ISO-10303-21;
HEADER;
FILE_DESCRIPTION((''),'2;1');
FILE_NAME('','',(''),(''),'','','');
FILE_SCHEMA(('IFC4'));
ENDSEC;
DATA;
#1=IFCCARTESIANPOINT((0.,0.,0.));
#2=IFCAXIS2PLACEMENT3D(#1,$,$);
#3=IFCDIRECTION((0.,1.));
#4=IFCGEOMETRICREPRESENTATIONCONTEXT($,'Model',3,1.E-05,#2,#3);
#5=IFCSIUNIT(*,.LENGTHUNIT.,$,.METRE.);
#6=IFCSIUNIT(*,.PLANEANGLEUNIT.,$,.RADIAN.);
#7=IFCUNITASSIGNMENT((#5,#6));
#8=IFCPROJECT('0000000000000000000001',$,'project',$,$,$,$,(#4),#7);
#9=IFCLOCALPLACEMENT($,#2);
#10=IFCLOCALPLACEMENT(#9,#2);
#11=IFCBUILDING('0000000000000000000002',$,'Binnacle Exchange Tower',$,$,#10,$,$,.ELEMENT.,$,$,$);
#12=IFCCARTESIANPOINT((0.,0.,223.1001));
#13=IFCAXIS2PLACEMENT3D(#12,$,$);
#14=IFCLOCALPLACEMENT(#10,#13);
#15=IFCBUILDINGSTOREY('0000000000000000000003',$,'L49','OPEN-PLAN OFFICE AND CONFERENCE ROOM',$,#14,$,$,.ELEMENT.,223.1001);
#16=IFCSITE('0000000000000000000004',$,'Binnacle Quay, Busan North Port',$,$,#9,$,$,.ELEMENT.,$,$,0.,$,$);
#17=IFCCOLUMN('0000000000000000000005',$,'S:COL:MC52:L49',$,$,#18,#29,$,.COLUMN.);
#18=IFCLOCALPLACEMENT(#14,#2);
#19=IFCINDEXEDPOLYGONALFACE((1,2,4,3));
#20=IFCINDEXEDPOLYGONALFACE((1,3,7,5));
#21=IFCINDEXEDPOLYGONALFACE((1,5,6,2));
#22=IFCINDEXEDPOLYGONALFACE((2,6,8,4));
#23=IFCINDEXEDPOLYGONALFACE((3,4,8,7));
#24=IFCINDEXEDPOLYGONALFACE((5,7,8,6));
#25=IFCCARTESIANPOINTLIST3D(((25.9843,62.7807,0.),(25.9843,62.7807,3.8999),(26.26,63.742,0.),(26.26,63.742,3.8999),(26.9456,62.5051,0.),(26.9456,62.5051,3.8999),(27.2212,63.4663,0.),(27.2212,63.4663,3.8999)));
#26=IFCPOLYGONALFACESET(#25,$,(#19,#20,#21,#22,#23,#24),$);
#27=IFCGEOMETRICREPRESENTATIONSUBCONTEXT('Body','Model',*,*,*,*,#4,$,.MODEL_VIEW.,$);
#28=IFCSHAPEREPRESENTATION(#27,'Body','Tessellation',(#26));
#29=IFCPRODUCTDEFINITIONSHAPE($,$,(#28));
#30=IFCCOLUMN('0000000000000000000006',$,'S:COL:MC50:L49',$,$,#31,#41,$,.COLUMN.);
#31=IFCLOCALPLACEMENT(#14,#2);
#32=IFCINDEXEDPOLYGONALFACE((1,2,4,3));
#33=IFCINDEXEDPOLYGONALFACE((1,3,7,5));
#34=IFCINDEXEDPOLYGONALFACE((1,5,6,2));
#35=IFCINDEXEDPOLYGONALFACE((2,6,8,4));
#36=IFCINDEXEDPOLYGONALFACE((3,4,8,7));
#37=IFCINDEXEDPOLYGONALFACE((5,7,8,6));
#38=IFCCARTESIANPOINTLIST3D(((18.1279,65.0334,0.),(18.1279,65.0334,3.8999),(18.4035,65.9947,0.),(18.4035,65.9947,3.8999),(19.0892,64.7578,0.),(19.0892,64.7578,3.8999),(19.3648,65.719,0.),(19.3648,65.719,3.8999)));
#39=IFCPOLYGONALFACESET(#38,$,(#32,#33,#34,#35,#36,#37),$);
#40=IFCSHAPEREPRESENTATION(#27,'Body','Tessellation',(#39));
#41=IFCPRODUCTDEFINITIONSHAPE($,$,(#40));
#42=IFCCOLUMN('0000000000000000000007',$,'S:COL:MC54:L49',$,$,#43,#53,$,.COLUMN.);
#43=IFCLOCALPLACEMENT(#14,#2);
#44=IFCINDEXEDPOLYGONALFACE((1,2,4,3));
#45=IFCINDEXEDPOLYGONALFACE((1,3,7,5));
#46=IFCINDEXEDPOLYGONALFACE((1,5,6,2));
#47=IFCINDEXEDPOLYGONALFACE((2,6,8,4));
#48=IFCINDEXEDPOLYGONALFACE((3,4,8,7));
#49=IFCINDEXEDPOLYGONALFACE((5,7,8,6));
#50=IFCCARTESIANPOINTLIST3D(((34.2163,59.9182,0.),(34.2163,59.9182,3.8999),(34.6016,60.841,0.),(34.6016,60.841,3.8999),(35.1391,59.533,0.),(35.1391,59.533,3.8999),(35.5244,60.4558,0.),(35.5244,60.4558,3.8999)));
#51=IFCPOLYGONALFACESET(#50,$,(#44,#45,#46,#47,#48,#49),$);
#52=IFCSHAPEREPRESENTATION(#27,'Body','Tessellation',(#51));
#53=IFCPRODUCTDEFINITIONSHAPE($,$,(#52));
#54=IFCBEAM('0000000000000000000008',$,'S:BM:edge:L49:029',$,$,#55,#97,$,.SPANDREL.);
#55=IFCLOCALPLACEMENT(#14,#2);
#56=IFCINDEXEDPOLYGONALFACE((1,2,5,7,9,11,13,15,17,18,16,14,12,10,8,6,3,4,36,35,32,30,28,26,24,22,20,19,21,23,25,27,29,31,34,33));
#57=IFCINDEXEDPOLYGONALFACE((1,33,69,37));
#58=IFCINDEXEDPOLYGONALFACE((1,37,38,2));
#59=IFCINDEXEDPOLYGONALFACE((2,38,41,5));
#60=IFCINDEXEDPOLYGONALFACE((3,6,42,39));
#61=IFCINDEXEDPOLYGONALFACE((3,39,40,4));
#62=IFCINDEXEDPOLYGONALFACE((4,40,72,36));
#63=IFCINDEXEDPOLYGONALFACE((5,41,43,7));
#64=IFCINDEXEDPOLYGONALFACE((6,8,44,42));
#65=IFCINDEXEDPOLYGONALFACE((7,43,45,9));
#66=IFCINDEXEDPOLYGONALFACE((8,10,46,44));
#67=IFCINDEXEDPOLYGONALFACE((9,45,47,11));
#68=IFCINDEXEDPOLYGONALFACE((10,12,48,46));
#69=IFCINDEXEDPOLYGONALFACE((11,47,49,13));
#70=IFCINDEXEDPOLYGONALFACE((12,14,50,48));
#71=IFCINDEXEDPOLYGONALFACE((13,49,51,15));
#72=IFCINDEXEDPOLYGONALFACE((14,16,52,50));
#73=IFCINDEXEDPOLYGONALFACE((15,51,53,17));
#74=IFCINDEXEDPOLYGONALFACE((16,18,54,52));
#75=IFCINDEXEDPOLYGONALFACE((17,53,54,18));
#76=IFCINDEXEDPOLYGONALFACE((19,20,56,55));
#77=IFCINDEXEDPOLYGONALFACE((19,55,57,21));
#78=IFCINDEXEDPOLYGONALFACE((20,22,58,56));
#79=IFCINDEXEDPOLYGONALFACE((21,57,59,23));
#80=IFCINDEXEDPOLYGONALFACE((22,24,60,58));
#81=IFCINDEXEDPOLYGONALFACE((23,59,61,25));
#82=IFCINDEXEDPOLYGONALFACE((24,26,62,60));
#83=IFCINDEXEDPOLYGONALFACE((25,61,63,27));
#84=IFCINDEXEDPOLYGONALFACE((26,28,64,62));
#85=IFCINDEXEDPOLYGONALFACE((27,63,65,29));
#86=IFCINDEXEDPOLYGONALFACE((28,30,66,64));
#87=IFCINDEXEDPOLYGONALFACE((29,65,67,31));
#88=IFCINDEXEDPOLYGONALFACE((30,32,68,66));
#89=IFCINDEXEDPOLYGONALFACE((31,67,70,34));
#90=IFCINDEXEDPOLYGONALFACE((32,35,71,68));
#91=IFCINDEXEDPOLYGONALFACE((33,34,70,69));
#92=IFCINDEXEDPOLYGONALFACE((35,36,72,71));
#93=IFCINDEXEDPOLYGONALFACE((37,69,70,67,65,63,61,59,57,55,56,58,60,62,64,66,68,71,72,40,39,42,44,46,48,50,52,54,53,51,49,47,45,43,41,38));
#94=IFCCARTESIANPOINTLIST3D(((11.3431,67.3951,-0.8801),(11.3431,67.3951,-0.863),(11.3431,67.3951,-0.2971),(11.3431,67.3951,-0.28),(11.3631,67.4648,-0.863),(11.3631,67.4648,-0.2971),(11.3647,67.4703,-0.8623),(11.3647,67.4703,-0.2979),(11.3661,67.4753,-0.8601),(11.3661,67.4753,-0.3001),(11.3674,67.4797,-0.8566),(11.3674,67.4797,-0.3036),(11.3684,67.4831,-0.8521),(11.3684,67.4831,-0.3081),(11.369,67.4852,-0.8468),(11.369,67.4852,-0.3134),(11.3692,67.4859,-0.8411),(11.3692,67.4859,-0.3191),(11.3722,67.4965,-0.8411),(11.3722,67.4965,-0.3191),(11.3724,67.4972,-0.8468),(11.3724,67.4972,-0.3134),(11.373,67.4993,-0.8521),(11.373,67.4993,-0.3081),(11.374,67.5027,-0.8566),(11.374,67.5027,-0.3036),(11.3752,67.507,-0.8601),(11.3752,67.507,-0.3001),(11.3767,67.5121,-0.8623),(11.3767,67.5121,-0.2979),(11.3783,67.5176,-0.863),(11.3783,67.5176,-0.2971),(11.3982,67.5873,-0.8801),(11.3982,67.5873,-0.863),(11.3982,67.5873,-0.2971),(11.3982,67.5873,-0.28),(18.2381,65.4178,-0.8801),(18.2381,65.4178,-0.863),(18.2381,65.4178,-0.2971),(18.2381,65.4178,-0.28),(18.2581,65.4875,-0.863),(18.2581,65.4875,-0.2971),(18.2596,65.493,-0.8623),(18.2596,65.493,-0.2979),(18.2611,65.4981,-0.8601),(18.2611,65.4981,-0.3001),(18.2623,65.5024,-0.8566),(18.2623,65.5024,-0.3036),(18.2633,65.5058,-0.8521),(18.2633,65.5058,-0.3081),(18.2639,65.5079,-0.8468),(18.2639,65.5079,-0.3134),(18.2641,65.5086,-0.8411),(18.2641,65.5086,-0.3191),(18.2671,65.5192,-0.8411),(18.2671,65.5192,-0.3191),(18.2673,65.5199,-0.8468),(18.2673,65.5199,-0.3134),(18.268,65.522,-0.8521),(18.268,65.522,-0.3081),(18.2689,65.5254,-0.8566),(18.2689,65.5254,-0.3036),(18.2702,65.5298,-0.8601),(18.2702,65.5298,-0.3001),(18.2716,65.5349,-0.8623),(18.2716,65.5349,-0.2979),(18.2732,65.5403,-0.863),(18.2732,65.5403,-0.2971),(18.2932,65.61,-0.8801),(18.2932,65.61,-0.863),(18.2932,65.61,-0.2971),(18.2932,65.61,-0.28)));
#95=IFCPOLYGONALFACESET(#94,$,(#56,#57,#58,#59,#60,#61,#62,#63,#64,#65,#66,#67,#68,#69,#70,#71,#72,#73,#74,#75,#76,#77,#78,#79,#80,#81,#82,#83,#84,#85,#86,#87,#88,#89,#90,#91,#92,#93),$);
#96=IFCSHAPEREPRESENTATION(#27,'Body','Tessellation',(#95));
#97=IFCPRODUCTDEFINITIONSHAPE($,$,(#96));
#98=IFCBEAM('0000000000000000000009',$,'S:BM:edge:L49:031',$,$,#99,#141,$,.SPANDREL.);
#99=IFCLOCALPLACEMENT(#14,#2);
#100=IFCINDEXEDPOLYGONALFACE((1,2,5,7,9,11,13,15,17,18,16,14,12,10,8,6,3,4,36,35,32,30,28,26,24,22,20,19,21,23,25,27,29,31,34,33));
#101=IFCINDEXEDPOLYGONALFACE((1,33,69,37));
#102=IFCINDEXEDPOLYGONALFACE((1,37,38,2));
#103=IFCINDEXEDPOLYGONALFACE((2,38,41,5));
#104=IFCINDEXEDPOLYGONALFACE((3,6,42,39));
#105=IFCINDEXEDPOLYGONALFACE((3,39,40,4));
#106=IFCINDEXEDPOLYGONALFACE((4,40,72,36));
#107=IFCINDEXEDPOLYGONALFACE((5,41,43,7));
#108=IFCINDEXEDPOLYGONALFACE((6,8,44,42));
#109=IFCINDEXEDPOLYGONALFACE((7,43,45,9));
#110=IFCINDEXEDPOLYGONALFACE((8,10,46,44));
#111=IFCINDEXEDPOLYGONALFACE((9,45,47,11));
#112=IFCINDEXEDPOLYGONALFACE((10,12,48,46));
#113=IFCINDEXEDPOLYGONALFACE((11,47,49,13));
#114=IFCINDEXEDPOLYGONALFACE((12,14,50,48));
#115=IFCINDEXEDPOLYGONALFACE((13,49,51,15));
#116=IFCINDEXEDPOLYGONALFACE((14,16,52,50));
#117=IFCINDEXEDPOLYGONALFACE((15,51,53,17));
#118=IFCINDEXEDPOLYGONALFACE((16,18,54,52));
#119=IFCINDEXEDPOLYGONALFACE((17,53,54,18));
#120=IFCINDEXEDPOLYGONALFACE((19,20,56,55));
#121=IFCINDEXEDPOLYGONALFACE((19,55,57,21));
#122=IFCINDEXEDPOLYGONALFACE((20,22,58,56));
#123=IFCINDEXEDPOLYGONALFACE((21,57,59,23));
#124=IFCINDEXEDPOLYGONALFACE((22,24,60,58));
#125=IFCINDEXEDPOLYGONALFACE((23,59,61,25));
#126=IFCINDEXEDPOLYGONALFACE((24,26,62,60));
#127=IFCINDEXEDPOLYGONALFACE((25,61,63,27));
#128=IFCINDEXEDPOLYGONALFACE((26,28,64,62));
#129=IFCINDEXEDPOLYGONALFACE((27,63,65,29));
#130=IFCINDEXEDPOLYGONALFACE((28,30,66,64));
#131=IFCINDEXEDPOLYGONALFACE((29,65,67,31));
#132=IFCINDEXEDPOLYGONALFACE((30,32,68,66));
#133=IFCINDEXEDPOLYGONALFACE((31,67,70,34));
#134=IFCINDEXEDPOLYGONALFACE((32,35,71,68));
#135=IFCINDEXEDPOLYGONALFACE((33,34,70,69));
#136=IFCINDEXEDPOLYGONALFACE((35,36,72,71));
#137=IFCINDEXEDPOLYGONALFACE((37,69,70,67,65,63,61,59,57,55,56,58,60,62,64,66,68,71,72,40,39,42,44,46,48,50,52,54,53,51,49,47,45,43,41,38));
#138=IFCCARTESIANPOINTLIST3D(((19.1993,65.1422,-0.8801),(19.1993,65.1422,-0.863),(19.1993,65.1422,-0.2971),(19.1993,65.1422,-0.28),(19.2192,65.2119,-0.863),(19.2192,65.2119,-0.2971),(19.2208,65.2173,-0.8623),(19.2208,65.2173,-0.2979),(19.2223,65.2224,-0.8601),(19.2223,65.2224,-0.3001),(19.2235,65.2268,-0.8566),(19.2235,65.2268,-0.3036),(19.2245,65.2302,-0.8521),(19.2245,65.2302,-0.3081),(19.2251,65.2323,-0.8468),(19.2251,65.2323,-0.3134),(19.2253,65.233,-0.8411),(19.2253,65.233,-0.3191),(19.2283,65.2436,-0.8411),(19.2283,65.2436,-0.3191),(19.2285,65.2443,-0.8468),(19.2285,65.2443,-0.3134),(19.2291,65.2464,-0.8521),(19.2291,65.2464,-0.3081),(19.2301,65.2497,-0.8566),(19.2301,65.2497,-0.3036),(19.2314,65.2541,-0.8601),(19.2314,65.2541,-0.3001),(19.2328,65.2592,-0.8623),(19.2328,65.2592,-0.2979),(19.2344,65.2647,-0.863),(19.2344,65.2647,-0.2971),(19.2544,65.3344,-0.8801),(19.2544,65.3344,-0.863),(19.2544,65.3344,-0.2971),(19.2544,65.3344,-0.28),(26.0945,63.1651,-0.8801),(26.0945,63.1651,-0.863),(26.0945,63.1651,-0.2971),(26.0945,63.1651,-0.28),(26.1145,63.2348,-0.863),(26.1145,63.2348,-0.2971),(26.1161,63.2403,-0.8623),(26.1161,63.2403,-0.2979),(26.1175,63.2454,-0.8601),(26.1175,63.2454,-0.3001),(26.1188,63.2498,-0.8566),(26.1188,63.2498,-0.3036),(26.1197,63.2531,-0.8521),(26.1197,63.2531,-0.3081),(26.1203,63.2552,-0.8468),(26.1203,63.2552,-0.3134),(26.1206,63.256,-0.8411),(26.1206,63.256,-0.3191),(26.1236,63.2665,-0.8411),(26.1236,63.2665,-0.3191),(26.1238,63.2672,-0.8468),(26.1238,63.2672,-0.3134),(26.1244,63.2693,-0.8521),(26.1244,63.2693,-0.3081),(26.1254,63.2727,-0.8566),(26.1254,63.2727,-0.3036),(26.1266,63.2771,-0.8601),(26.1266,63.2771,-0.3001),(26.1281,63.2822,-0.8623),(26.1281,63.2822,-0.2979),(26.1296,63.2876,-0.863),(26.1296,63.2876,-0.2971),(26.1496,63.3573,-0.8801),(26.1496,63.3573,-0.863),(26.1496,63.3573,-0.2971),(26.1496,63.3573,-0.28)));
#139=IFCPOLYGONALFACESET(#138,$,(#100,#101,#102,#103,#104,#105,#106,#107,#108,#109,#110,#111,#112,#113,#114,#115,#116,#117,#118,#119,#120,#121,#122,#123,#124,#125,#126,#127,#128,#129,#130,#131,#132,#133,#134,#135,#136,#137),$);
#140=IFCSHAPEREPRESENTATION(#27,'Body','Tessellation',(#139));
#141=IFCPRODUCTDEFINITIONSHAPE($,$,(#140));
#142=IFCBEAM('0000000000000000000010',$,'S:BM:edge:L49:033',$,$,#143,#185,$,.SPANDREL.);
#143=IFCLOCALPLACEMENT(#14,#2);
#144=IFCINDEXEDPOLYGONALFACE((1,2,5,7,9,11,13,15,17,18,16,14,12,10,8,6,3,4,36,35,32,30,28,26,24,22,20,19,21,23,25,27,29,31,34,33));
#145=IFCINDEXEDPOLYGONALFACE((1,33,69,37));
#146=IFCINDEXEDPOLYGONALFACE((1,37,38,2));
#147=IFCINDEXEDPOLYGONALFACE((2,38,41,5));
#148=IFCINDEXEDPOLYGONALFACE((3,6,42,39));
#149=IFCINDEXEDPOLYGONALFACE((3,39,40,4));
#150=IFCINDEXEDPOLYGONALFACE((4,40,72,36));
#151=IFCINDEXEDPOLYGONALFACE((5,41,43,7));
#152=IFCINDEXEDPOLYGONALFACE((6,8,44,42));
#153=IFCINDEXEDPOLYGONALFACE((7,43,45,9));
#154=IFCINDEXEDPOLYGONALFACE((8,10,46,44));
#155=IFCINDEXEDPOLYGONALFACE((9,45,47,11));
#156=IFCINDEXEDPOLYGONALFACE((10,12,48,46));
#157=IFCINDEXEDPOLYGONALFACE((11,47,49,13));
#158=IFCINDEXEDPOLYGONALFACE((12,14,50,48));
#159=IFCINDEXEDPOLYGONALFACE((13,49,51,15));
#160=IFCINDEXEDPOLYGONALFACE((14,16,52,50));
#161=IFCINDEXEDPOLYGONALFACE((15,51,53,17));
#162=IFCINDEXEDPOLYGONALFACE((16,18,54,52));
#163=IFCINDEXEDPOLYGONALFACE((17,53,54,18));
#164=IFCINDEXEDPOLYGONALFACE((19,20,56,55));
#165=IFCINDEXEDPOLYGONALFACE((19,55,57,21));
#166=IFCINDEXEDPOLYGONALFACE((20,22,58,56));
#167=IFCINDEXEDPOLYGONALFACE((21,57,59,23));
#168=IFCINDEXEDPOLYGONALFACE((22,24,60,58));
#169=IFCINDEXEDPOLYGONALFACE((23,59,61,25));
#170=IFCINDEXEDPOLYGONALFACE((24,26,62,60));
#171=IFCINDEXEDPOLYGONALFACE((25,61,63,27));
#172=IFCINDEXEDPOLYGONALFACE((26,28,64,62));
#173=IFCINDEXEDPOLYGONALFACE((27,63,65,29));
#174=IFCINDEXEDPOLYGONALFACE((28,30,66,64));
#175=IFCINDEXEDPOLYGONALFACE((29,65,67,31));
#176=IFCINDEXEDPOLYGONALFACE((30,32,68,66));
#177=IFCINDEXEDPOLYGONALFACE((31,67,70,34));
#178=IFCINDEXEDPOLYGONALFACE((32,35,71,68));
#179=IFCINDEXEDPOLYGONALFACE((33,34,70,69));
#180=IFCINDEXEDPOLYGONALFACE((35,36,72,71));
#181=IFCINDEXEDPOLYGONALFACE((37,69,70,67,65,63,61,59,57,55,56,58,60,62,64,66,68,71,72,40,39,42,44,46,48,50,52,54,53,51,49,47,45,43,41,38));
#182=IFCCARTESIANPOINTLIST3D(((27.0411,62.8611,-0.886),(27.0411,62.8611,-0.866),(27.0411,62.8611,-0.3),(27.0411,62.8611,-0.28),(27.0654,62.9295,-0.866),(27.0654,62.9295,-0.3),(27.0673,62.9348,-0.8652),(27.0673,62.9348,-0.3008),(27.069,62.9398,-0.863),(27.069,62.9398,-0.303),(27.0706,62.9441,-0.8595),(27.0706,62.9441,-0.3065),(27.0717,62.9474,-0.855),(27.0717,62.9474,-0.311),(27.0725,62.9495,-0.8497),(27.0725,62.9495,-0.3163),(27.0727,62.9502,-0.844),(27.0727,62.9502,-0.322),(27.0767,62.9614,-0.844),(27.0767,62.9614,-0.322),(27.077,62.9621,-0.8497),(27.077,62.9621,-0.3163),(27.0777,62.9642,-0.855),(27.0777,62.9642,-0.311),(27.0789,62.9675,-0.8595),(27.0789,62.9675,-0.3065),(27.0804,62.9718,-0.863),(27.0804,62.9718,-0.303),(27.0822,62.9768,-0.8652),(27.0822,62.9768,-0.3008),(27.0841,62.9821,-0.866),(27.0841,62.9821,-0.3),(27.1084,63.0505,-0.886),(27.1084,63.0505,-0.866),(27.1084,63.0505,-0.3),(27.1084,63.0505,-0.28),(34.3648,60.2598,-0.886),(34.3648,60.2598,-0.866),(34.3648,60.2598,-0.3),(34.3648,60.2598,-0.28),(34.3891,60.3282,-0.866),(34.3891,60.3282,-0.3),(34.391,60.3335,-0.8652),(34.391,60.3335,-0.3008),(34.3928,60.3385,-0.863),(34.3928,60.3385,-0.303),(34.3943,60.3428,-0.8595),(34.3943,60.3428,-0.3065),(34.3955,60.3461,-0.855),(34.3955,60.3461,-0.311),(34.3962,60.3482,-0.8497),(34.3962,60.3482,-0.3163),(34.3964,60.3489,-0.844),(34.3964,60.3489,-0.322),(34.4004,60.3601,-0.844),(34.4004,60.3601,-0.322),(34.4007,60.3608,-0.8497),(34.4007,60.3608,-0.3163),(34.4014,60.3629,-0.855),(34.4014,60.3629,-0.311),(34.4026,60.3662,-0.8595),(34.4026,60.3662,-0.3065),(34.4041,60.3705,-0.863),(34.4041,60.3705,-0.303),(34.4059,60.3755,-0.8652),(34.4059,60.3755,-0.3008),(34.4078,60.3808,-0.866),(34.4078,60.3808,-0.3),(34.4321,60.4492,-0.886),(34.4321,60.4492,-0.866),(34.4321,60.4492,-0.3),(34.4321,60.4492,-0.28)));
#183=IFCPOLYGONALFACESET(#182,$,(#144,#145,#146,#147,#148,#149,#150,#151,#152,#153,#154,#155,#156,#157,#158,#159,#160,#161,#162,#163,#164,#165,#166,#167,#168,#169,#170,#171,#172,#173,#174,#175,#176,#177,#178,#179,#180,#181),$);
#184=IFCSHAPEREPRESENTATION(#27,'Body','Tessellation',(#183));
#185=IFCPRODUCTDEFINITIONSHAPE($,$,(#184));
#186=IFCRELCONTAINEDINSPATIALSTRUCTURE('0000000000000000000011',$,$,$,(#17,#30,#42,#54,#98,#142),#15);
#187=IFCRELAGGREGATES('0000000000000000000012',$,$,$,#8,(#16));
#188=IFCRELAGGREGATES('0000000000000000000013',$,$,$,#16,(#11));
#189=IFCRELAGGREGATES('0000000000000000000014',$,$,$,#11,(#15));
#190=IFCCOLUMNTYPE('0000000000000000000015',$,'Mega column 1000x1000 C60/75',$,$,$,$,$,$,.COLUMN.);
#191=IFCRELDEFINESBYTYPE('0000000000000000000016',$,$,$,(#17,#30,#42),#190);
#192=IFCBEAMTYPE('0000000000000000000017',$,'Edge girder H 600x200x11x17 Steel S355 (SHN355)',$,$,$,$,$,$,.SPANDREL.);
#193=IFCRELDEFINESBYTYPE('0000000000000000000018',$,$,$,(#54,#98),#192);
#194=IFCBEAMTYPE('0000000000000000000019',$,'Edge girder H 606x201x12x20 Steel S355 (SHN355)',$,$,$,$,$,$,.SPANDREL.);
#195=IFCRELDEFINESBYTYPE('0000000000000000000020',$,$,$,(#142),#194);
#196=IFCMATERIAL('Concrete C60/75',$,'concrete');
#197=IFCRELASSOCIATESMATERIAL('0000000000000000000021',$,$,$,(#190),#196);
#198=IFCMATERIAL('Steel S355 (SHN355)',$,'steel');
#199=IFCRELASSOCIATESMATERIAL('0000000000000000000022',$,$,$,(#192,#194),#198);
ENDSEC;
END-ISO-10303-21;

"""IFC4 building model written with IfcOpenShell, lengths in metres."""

from ifc_helpers import new_model, si_unit, direction, frame, origin, origin_2d, place, context, subcontext, project, spatial, rectangle, i_section, extrude, material, material_profile, profile_set, type_object, element, save


model = new_model("IFC4")

# Units and contexts
model_context = context("Model", 3, precision=1e-05, world=origin(), true_north=direction((0.0, 1.0)))
body_context = subcontext(model_context, "Body", "Model", "MODEL_VIEW")
ifc_project = project(units=[si_unit("LENGTHUNIT", "METRE"), si_unit("PLANEANGLEUNIT", "RADIAN")], contexts=[model_context])

# Site, building, storey
site_placement = place(None, origin())
site = spatial("IfcSite", under=ifc_project, at=site_placement, Name="Binnacle Quay, Busan North Port", CompositionType="ELEMENT", RefElevation=0.0)
building_placement = place(site_placement, origin())
building = spatial("IfcBuilding", under=site, at=building_placement, Name="Binnacle Exchange Tower", CompositionType="ELEMENT")
storey_placement = place(building_placement, frame((0.0, 0.0, 223.1001)))
storey = spatial("IfcBuildingStorey", under=building, at=storey_placement, Name="L49", Description="OPEN-PLAN OFFICE AND CONFERENCE ROOM", CompositionType="ELEMENT", Elevation=223.1001)

# Columns
ifc_material_1 = material(Name="Concrete C60/75", Category="concrete")
ifc_material_profile_1 = material_profile(ifc_material_1, rectangle(XDim=1.0, YDim=1.0, at=origin_2d()), Name="Mega column 1000x1000 C60/75")
ifc_profile_set_1 = profile_set([ifc_material_profile_1], Name="Concrete C60/75")
column_type = type_object("IfcColumnType", Name="Mega column 1000x1000 C60/75", PredefinedType="COLUMN", material=ifc_profile_set_1)
for number, where, z_axis, x_axis, name in (
    (1, (26.6028, 63.1235, 0.0), (0.0, 0.0, 1.0), (-0.961262, 0.275637, 0.0), "S:COL:MC52:L49"),
    (2, (18.7463, 65.3762, 0.0), (0.0, 0.0, 1.0), (-0.961262, 0.275637, 0.0), "S:COL:MC50:L49"),
    (3, (34.8704, 60.187, 0.0), (0.0, 0.0, 1.0), (-0.922814, 0.385246, 0.0), "S:COL:MC54:L49"),
):
    element("IfcColumn", number, at=place(storey_placement, frame(where, z_axis=z_axis, x_axis=x_axis)), inside=storey, type_object=column_type, Name=name, PredefinedType="COLUMN", context=body_context, shape_type="SweptSolid", body=[
        extrude(rectangle(XDim=1.0, YDim=1.0, at=origin_2d()), origin(), (0.0, 0.0, 1.0), 3.8999),
    ])

# Beams
ifc_material_2 = material(Name="Steel S355 (SHN355)", Category="steel")
ifc_material_profile_2 = material_profile(ifc_material_2, i_section(OverallWidth=0.2, OverallDepth=0.6001, WebThickness=0.011, FlangeThickness=0.0171, FilletRadius=0.022, at=origin_2d()), Name="H 600x200x11x17")
ifc_profile_set_2 = profile_set([ifc_material_profile_2], Name="Steel S355 (SHN355)")
beam_type_1 = type_object("IfcBeamType", Name="Edge girder H 600x200x11x17 Steel S355 (SHN355)", PredefinedType="SPANDREL", material=ifc_profile_set_2)
beam_1_placement = place(storey_placement, frame((18.2656, 65.5139, -0.5801), z_axis=(-0.961255, 0.275661, 0.0), x_axis=(-0.275661, -0.961255, 0.0)))
element("IfcBeam", 4, at=beam_1_placement, inside=storey, type_object=beam_type_1, Name="S:BM:edge:L49:029", PredefinedType="SPANDREL", context=body_context, shape_type="SweptSolid", body=[
    extrude(i_section(OverallWidth=0.2, OverallDepth=0.6001, WebThickness=0.011, FlangeThickness=0.0171, FilletRadius=0.022, at=origin_2d()), origin(), (0.0, 0.0, 1.0), 7.1729),
])
beam_2_placement = place(storey_placement, frame((26.1221, 63.2612, -0.5801), z_axis=(-0.961267, 0.27562, 0.0), x_axis=(-0.27562, -0.961267, 0.0)))
element("IfcBeam", 5, at=beam_2_placement, inside=storey, type_object=beam_type_1, Name="S:BM:edge:L49:031", PredefinedType="SPANDREL", context=body_context, shape_type="SweptSolid", body=[
    extrude(i_section(OverallWidth=0.2, OverallDepth=0.6001, WebThickness=0.011, FlangeThickness=0.0171, FilletRadius=0.022, at=origin_2d()), origin(), (0.0, 0.0, 1.0), 7.1731),
])
ifc_material_profile_3 = material_profile(ifc_material_2, i_section(OverallWidth=0.2009, OverallDepth=0.606, WebThickness=0.012, FlangeThickness=0.02, FilletRadius=0.022, at=origin_2d()), Name="H 606x201x12x20")
ifc_profile_set_3 = profile_set([ifc_material_profile_3], Name="Steel S355 (SHN355)")
beam_type_2 = type_object("IfcBeamType", Name="Edge girder H 606x201x12x20 Steel S355 (SHN355)", PredefinedType="SPANDREL", material=ifc_profile_set_3)
beam_3_placement = place(storey_placement, frame((34.3984, 60.3545, -0.583), z_axis=(-0.942323, 0.334704, 0.0), x_axis=(-0.334704, -0.942323, 0.0)))
element("IfcBeam", 6, at=beam_3_placement, inside=storey, type_object=beam_type_2, Name="S:BM:edge:L49:033", PredefinedType="SPANDREL", context=body_context, shape_type="SweptSolid", body=[
    extrude(i_section(OverallWidth=0.2009, OverallDepth=0.606, WebThickness=0.012, FlangeThickness=0.02, FilletRadius=0.022, at=origin_2d()), origin(), (0.0, 0.0, 1.0), 7.772),
])

save(model, "model.ifc")
